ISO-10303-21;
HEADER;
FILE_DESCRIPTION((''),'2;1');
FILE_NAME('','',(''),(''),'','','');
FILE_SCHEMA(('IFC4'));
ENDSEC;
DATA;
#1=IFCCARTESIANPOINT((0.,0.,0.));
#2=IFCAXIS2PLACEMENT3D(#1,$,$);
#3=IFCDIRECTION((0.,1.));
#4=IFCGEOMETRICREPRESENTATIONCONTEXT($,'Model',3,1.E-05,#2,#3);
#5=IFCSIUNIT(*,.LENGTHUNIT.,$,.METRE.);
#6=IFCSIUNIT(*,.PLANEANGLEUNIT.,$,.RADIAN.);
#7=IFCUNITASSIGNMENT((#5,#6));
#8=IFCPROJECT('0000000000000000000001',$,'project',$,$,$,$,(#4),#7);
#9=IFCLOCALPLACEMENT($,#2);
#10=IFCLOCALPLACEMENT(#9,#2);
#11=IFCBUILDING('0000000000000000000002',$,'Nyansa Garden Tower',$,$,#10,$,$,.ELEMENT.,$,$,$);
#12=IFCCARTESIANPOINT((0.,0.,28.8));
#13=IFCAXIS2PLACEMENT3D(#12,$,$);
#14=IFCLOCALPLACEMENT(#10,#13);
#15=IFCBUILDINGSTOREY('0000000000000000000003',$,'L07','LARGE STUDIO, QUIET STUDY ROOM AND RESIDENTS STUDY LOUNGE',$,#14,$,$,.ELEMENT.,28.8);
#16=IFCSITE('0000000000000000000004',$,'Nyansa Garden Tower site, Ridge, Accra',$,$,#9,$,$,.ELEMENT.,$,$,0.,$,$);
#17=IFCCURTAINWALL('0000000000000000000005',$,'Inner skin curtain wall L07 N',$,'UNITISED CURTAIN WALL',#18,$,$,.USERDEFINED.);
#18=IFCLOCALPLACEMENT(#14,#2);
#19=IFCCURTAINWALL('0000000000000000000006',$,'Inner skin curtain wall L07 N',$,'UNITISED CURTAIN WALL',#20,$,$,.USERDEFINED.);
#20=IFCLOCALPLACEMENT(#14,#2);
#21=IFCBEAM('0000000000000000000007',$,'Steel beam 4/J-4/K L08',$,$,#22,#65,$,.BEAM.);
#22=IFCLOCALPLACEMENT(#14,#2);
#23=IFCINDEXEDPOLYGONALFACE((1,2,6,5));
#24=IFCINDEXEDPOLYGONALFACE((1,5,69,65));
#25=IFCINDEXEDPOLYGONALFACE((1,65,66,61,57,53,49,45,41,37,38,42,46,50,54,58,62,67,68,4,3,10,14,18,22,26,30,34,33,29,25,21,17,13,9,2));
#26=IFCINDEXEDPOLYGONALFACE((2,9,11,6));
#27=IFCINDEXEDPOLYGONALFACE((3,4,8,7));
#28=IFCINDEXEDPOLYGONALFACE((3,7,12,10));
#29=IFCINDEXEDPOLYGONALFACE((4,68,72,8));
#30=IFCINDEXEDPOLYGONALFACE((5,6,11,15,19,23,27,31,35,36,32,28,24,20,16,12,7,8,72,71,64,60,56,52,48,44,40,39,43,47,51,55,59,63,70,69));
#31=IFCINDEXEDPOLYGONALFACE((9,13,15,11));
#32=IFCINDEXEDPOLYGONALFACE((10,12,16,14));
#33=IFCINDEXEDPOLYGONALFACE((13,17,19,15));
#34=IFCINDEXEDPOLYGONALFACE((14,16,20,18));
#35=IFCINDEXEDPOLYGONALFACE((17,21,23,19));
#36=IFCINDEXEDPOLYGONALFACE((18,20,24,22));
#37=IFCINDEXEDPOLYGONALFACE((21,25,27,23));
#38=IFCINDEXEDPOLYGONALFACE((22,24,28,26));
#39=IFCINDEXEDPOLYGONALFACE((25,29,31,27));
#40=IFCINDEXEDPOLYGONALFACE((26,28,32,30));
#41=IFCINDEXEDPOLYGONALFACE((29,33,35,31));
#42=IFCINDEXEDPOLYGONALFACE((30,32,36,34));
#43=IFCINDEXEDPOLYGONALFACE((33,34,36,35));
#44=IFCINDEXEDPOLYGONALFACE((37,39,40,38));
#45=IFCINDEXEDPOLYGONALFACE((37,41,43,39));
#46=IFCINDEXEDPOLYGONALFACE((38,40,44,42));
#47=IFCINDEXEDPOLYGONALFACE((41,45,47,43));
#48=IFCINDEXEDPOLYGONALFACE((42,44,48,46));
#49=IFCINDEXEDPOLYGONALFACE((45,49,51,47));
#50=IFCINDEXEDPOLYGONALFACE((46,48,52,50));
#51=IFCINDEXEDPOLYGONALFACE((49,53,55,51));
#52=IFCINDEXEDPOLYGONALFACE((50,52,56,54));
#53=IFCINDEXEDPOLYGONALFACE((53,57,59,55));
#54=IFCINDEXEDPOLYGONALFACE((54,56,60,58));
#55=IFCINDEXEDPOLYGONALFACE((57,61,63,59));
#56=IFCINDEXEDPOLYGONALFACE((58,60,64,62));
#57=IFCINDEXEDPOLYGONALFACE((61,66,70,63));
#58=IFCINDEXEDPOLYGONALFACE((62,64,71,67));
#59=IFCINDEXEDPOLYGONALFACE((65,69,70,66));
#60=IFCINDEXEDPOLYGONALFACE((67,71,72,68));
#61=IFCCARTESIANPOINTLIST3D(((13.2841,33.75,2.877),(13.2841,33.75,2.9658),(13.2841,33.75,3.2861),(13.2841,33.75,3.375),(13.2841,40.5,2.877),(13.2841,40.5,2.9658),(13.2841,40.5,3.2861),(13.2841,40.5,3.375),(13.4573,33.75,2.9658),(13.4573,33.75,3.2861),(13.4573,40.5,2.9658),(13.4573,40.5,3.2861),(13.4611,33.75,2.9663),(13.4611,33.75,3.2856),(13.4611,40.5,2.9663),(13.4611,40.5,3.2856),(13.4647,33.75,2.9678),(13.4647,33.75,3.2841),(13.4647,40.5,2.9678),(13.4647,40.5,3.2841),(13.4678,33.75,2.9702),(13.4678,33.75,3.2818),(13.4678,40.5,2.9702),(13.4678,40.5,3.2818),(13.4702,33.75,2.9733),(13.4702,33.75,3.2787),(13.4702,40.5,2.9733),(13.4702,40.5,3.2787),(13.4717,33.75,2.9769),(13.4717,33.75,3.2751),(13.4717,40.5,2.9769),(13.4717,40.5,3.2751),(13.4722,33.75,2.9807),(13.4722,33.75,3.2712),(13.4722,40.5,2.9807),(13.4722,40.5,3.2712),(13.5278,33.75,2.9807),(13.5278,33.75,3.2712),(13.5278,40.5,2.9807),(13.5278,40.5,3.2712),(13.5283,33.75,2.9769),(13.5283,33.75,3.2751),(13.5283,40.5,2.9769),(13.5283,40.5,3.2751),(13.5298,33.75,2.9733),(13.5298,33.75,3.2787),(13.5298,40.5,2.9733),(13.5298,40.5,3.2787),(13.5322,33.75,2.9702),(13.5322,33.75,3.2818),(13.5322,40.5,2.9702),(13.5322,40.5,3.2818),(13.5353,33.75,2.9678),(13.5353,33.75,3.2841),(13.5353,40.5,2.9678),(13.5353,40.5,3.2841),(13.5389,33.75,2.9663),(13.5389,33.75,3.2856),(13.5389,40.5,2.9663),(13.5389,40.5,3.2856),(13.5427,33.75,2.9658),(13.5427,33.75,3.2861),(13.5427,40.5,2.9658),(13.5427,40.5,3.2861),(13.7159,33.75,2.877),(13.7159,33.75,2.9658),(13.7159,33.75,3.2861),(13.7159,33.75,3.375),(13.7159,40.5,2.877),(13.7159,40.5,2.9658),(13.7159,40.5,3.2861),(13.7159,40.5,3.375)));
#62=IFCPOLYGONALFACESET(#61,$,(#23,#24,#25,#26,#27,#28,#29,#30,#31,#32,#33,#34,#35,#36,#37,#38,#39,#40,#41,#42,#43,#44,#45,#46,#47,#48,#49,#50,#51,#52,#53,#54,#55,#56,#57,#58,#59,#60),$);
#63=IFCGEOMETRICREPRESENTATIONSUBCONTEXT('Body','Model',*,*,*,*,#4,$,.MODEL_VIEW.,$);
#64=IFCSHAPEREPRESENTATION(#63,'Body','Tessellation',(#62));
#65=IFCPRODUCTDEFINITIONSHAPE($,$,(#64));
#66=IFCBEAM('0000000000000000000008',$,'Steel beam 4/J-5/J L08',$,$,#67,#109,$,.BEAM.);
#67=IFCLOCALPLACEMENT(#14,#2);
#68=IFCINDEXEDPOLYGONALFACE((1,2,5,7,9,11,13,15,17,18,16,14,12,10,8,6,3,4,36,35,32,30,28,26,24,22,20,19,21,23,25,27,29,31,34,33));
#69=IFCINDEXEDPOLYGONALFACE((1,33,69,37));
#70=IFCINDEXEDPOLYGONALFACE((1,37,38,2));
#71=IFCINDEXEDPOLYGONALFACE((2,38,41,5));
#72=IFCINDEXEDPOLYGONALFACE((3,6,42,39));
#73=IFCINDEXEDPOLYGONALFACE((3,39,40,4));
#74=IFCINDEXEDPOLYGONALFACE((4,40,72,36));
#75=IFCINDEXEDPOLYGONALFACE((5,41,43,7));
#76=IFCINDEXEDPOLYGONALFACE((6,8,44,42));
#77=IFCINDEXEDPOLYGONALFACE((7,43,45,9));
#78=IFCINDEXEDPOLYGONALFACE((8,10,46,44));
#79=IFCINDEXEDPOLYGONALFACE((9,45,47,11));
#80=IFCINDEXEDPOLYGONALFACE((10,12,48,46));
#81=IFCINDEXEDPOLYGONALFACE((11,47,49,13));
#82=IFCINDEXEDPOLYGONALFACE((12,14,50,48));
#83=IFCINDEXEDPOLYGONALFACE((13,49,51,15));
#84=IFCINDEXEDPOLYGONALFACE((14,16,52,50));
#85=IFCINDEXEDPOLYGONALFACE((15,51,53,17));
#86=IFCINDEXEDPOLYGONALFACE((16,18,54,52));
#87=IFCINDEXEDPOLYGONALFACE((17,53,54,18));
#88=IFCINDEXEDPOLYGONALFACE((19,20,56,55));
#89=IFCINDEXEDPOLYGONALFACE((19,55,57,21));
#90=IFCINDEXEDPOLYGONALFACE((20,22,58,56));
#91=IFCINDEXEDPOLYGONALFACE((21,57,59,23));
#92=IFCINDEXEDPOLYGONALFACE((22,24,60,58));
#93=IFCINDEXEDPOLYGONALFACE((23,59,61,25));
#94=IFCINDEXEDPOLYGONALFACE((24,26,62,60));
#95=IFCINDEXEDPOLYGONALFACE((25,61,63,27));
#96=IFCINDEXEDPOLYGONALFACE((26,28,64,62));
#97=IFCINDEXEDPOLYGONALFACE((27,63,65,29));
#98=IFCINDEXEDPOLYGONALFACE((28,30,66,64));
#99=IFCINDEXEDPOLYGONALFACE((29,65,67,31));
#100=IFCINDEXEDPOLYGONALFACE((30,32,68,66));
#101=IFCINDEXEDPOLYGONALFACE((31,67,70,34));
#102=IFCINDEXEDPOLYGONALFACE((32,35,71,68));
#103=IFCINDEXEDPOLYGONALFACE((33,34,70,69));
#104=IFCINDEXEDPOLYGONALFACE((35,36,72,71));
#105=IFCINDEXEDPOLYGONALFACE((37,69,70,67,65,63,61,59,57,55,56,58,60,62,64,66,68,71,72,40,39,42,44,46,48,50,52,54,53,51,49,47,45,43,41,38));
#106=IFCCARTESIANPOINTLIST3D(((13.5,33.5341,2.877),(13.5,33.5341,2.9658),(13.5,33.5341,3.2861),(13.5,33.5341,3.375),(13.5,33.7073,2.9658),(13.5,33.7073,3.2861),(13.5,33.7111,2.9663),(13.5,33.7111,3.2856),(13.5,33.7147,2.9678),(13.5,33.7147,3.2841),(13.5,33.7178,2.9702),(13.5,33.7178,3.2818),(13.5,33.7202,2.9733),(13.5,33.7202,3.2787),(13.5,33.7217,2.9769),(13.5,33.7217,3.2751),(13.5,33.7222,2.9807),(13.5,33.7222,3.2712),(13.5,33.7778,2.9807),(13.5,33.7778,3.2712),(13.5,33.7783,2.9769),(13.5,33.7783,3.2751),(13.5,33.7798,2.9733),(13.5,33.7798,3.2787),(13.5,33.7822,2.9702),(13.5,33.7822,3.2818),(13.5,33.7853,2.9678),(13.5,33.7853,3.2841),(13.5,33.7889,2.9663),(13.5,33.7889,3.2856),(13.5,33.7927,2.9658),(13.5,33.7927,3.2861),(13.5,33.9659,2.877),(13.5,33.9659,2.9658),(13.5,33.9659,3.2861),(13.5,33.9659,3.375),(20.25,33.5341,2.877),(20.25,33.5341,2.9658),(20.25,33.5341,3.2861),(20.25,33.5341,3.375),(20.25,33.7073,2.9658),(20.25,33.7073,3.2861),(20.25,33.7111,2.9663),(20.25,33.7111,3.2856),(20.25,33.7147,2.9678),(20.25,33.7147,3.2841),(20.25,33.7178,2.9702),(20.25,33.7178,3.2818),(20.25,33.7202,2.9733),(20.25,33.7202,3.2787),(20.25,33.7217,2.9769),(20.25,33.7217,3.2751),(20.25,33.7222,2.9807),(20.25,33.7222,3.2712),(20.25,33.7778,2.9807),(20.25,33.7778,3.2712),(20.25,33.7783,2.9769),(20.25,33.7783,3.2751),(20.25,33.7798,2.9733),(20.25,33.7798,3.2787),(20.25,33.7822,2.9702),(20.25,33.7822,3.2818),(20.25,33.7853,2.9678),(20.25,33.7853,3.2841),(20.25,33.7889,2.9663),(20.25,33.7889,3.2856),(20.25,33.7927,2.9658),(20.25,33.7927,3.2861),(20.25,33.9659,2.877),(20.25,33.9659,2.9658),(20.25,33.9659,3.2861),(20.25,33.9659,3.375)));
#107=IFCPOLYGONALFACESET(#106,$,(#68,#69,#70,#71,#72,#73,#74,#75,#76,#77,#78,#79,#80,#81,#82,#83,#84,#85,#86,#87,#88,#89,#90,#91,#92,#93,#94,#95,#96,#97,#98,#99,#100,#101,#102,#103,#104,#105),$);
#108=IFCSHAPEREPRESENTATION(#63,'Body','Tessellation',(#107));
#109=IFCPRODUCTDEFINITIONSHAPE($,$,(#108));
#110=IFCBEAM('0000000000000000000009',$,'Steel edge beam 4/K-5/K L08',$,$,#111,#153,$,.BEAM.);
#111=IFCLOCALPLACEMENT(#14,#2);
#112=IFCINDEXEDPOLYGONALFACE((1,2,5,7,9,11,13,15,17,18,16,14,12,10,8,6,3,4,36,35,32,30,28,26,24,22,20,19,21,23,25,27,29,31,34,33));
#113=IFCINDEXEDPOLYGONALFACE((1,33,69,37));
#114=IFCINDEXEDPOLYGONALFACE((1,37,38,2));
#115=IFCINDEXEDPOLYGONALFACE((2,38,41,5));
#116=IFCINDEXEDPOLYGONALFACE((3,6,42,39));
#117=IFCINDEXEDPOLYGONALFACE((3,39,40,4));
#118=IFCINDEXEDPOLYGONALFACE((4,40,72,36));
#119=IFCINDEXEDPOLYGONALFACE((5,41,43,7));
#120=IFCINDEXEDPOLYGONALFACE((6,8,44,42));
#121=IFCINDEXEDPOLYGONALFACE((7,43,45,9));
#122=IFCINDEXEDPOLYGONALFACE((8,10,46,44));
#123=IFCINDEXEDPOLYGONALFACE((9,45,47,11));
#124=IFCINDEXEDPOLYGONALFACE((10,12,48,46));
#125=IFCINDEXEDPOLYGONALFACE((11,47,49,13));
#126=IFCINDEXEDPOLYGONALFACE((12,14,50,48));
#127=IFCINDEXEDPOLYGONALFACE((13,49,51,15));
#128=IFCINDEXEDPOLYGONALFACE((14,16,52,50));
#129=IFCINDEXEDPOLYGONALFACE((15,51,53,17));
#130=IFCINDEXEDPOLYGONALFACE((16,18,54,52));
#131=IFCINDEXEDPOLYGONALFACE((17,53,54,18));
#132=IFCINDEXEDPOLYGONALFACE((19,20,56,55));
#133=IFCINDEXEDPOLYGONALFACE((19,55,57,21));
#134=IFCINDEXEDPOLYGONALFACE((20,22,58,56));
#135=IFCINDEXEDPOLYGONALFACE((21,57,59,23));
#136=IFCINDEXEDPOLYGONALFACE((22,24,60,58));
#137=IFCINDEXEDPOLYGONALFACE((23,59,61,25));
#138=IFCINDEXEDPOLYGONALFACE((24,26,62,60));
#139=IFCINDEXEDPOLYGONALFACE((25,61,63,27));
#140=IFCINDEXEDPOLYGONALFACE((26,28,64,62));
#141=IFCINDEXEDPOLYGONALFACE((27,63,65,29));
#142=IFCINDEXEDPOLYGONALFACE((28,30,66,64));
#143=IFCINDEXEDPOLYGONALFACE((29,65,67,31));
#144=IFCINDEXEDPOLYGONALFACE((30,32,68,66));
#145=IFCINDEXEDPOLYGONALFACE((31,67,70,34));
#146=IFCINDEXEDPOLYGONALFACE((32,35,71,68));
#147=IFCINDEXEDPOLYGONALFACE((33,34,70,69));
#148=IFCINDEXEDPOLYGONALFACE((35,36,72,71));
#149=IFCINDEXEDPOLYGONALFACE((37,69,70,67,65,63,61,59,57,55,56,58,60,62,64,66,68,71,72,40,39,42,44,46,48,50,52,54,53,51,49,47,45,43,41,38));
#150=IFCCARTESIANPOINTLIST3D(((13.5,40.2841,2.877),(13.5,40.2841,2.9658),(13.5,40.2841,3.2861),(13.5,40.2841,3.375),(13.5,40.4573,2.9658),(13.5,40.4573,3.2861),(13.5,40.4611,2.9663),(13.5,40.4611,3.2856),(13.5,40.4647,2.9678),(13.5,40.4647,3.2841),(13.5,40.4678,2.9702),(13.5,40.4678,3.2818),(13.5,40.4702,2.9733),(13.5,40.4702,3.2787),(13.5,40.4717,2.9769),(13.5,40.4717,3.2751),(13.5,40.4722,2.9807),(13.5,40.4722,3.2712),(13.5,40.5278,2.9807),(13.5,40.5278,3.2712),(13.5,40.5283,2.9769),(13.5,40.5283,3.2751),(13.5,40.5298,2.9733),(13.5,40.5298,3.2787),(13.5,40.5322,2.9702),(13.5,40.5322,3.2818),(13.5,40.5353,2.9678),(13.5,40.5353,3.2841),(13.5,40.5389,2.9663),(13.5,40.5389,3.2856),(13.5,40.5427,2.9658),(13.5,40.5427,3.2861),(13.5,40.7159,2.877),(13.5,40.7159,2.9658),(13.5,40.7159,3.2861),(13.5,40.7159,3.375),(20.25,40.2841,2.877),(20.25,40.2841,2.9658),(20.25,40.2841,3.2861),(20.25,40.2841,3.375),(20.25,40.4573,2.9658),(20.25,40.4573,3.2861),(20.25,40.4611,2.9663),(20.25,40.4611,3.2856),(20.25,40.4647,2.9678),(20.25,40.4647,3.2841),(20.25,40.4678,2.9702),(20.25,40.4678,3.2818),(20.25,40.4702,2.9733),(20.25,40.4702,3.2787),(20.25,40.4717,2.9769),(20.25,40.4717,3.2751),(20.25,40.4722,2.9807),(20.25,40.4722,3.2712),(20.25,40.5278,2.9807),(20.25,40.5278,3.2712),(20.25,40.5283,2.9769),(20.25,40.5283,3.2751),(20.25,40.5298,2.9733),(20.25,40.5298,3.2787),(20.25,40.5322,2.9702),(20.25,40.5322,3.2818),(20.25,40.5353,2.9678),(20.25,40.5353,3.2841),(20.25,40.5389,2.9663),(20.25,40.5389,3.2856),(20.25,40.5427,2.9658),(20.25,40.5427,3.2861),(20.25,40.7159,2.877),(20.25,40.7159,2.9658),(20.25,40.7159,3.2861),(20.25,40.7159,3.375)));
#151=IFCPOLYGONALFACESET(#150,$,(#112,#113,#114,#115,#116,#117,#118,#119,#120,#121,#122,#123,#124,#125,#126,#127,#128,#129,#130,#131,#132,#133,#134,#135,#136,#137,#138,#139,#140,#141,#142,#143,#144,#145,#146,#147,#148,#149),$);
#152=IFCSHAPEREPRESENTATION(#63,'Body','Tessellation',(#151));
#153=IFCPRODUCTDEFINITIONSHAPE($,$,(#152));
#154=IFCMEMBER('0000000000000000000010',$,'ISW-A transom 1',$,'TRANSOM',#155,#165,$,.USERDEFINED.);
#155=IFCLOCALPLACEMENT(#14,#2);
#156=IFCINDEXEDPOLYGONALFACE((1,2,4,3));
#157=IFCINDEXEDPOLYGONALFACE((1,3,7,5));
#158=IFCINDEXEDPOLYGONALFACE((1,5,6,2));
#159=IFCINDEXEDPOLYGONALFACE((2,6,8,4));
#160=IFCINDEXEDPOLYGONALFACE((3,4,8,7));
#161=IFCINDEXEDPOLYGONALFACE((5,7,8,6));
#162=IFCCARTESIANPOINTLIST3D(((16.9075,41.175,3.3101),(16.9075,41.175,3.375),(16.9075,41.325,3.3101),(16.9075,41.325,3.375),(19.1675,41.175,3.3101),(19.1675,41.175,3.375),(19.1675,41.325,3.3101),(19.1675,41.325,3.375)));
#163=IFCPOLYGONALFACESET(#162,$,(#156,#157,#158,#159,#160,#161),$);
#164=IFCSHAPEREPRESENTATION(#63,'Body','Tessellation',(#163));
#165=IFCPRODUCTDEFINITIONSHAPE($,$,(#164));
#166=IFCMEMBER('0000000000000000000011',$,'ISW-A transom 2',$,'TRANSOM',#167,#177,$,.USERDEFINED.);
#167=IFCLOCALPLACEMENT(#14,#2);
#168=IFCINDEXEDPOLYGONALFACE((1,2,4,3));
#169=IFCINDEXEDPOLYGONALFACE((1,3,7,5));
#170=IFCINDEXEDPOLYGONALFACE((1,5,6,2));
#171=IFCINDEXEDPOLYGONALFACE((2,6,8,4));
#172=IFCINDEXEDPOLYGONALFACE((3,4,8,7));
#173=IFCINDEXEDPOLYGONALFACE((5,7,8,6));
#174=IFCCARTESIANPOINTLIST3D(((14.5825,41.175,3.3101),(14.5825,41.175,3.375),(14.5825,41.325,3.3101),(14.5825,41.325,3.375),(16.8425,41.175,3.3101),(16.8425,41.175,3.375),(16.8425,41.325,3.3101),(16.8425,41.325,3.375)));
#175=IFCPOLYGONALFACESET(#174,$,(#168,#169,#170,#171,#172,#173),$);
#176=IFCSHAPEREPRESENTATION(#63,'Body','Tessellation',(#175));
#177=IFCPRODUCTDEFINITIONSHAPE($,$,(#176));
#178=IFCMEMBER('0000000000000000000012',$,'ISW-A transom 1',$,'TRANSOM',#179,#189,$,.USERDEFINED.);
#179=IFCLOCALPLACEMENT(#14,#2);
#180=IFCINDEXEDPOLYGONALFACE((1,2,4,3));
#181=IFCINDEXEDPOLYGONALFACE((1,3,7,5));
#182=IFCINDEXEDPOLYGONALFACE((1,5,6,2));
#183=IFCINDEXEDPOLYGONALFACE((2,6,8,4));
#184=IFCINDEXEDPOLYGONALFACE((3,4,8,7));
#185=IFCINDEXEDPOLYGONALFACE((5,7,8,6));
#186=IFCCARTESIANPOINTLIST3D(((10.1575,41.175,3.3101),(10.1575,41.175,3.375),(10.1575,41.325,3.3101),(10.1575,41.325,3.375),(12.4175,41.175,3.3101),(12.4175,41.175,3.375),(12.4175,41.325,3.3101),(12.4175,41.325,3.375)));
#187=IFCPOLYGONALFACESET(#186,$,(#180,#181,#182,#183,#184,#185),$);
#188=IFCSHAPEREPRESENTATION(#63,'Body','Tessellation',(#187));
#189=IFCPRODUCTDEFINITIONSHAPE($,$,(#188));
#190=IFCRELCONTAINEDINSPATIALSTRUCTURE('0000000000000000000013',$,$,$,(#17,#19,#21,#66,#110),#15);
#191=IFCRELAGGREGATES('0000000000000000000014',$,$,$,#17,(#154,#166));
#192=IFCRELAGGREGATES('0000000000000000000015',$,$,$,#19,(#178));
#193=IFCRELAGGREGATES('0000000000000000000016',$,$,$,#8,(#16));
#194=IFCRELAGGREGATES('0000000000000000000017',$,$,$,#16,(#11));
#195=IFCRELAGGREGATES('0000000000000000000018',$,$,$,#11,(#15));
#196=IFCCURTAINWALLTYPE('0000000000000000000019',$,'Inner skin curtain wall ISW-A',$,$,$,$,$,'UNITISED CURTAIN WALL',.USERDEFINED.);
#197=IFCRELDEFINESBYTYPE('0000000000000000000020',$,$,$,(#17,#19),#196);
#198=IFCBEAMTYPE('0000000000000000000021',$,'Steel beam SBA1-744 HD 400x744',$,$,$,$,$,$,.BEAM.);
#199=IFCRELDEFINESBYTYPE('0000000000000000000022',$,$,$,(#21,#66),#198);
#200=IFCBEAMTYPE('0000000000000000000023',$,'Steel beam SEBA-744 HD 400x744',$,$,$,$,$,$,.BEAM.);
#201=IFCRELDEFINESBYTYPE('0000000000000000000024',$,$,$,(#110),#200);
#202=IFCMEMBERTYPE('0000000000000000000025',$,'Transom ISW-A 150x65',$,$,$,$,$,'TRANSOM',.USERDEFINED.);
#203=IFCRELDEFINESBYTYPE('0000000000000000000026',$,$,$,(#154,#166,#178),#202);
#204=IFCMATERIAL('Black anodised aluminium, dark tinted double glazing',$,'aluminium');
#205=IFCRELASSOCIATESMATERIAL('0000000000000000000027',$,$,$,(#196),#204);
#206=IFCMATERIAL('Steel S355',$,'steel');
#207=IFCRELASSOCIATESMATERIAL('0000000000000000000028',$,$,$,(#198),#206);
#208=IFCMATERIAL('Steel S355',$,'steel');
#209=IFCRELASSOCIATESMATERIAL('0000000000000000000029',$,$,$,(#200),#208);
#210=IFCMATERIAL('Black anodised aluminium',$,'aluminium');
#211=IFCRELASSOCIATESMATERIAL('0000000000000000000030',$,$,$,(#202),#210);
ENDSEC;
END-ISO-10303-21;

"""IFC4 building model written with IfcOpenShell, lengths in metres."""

from ifc_helpers import new_model, si_unit, direction, frame, origin, origin_2d, place, context, subcontext, project, spatial, rectangle, i_section, extrude, material, material_profile, profile_set, type_object, element, aggregate, save


model = new_model("IFC4")

# Units and contexts
model_context = context("Model", 3, precision=1e-05, world=origin(), true_north=direction((0.0, 1.0)))
body_context = subcontext(model_context, "Body", "Model", "MODEL_VIEW")
ifc_project = project(units=[si_unit("LENGTHUNIT", "METRE"), si_unit("PLANEANGLEUNIT", "RADIAN")], contexts=[model_context])

# Site, building, storey
site_placement = place(None, origin())
site = spatial("IfcSite", under=ifc_project, at=site_placement, Name="Nyansa Garden Tower site, Ridge, Accra", CompositionType="ELEMENT", RefElevation=0.0)
building_placement = place(site_placement, origin())
building = spatial("IfcBuilding", under=site, at=building_placement, Name="Nyansa Garden Tower", CompositionType="ELEMENT")
storey_placement = place(building_placement, frame((0.0, 0.0, 28.8)))
storey = spatial("IfcBuildingStorey", under=building, at=storey_placement, Name="L07", Description="LARGE STUDIO, QUIET STUDY ROOM AND RESIDENTS STUDY LOUNGE", CompositionType="ELEMENT", Elevation=28.8)

# Curtain walls
ifc_material_1 = material(Name="Black anodised aluminium, dark tinted double glazing", Category="aluminium")
curtain_wall_type = type_object("IfcCurtainWallType", Name="Inner skin curtain wall ISW-A", ElementType="UNITISED CURTAIN WALL", PredefinedType="USERDEFINED", material=ifc_material_1)
curtain_wall_1_placement = place(storey_placement, origin())
curtain_wall_1 = element("IfcCurtainWall", 1, at=curtain_wall_1_placement, inside=storey, type_object=curtain_wall_type, Name="Inner skin curtain wall L07 N", ObjectType="UNITISED CURTAIN WALL", PredefinedType="USERDEFINED")
curtain_wall_2_placement = place(storey_placement, origin())
curtain_wall_2 = element("IfcCurtainWall", 2, at=curtain_wall_2_placement, inside=storey, type_object=curtain_wall_type, Name="Inner skin curtain wall L07 N", ObjectType="UNITISED CURTAIN WALL", PredefinedType="USERDEFINED")

# Beams
ifc_material_2 = material(Name="Steel S355", Category="steel")
ifc_material_profile_1 = material_profile(ifc_material_2, i_section(OverallWidth=0.4319, OverallDepth=0.498, WebThickness=0.0557, FlangeThickness=0.0889, FilletRadius=0.0149, at=origin_2d()), Name="HD 400x744")
ifc_profile_set_1 = profile_set([ifc_material_profile_1], Name="Steel S355")
beam_type_1 = type_object("IfcBeamType", Name="Steel beam SBA1-744 HD 400x744", PredefinedType="BEAM", material=ifc_profile_set_1)
for number, where, z_axis, x_axis, name in (
    (3, (13.5, 33.75, 3.126), (0.0, 1.0, 0.0), (-1.0, 0.0, 0.0), "Steel beam 4/J-4/K L08"),
    (4, (13.5, 33.75, 3.126), (1.0, 0.0, 0.0), (0.0, 1.0, 0.0), "Steel beam 4/J-5/J L08"),
):
    element("IfcBeam", number, at=place(storey_placement, frame(where, z_axis=z_axis, x_axis=x_axis)), inside=storey, type_object=beam_type_1, Name=name, PredefinedType="BEAM", context=body_context, shape_type="SweptSolid", body=[
        extrude(i_section(OverallWidth=0.4319, OverallDepth=0.498, WebThickness=0.0557, FlangeThickness=0.0889, FilletRadius=0.0149, at=origin_2d()), origin(), (0.0, 0.0, 1.0), 6.75),
    ])
ifc_material_3 = material(Name="Steel S355", Category="steel")
ifc_material_profile_2 = material_profile(ifc_material_3, i_section(OverallWidth=0.4319, OverallDepth=0.498, WebThickness=0.0557, FlangeThickness=0.0889, FilletRadius=0.0149, at=origin_2d()), Name="HD 400x744")
ifc_profile_set_2 = profile_set([ifc_material_profile_2], Name="Steel S355")
beam_type_2 = type_object("IfcBeamType", Name="Steel beam SEBA-744 HD 400x744", PredefinedType="BEAM", material=ifc_profile_set_2)
beam_1_placement = place(storey_placement, frame((13.5, 40.5, 3.126), z_axis=(1.0, 0.0, 0.0), x_axis=(0.0, 1.0, 0.0)))
element("IfcBeam", 5, at=beam_1_placement, inside=storey, type_object=beam_type_2, Name="Steel edge beam 4/K-5/K L08", PredefinedType="BEAM", context=body_context, shape_type="SweptSolid", body=[
    extrude(i_section(OverallWidth=0.4319, OverallDepth=0.498, WebThickness=0.0557, FlangeThickness=0.0889, FilletRadius=0.0149, at=origin_2d()), origin(), (0.0, 0.0, 1.0), 6.75),
])

# Members
ifc_material_4 = material(Name="Black anodised aluminium", Category="aluminium")
ifc_material_profile_3 = material_profile(ifc_material_4, rectangle(XDim=0.1499, YDim=0.0649, at=origin_2d()), Name="Transom 150x65")
ifc_profile_set_3 = profile_set([ifc_material_profile_3], Name="Black anodised aluminium")
member_type_1 = type_object("IfcMemberType", Name="Transom ISW-A 150x65", ElementType="TRANSOM", PredefinedType="USERDEFINED", material=ifc_profile_set_3)
member_1_placement = place(storey_placement, frame((19.1675, 41.25, 3.3425), z_axis=(-1.0, 0.0, 0.0), x_axis=(0.0, -1.0, 0.0)))
member_1 = element("IfcMember", 6, at=member_1_placement, type_object=member_type_1, Name="ISW-A transom 1", ObjectType="TRANSOM", PredefinedType="USERDEFINED", context=body_context, shape_type="SweptSolid", body=[
    extrude(rectangle(XDim=0.1499, YDim=0.0649, at=origin_2d()), origin(), (0.0, 0.0, 1.0), 2.26),
])
member_2_placement = place(storey_placement, frame((16.8425, 41.25, 3.3425), z_axis=(-1.0, 0.0, 0.0), x_axis=(0.0, -1.0, 0.0)))
member_2 = element("IfcMember", 7, at=member_2_placement, type_object=member_type_1, Name="ISW-A transom 2", ObjectType="TRANSOM", PredefinedType="USERDEFINED", context=body_context, shape_type="SweptSolid", body=[
    extrude(rectangle(XDim=0.1499, YDim=0.0649, at=origin_2d()), origin(), (0.0, 0.0, 1.0), 2.26),
])
member_3_placement = place(storey_placement, frame((12.4175, 41.25, 3.3425), z_axis=(-1.0, 0.0, 0.0), x_axis=(0.0, -1.0, 0.0)))
member_3 = element("IfcMember", 8, at=member_3_placement, type_object=member_type_1, Name="ISW-A transom 1", ObjectType="TRANSOM", PredefinedType="USERDEFINED", context=body_context, shape_type="SweptSolid", body=[
    extrude(rectangle(XDim=0.1499, YDim=0.0649, at=origin_2d()), origin(), (0.0, 0.0, 1.0), 2.26),
])

aggregate(curtain_wall_1, [member_1, member_2])
aggregate(curtain_wall_2, [member_3])

save(model, "model.ifc")
